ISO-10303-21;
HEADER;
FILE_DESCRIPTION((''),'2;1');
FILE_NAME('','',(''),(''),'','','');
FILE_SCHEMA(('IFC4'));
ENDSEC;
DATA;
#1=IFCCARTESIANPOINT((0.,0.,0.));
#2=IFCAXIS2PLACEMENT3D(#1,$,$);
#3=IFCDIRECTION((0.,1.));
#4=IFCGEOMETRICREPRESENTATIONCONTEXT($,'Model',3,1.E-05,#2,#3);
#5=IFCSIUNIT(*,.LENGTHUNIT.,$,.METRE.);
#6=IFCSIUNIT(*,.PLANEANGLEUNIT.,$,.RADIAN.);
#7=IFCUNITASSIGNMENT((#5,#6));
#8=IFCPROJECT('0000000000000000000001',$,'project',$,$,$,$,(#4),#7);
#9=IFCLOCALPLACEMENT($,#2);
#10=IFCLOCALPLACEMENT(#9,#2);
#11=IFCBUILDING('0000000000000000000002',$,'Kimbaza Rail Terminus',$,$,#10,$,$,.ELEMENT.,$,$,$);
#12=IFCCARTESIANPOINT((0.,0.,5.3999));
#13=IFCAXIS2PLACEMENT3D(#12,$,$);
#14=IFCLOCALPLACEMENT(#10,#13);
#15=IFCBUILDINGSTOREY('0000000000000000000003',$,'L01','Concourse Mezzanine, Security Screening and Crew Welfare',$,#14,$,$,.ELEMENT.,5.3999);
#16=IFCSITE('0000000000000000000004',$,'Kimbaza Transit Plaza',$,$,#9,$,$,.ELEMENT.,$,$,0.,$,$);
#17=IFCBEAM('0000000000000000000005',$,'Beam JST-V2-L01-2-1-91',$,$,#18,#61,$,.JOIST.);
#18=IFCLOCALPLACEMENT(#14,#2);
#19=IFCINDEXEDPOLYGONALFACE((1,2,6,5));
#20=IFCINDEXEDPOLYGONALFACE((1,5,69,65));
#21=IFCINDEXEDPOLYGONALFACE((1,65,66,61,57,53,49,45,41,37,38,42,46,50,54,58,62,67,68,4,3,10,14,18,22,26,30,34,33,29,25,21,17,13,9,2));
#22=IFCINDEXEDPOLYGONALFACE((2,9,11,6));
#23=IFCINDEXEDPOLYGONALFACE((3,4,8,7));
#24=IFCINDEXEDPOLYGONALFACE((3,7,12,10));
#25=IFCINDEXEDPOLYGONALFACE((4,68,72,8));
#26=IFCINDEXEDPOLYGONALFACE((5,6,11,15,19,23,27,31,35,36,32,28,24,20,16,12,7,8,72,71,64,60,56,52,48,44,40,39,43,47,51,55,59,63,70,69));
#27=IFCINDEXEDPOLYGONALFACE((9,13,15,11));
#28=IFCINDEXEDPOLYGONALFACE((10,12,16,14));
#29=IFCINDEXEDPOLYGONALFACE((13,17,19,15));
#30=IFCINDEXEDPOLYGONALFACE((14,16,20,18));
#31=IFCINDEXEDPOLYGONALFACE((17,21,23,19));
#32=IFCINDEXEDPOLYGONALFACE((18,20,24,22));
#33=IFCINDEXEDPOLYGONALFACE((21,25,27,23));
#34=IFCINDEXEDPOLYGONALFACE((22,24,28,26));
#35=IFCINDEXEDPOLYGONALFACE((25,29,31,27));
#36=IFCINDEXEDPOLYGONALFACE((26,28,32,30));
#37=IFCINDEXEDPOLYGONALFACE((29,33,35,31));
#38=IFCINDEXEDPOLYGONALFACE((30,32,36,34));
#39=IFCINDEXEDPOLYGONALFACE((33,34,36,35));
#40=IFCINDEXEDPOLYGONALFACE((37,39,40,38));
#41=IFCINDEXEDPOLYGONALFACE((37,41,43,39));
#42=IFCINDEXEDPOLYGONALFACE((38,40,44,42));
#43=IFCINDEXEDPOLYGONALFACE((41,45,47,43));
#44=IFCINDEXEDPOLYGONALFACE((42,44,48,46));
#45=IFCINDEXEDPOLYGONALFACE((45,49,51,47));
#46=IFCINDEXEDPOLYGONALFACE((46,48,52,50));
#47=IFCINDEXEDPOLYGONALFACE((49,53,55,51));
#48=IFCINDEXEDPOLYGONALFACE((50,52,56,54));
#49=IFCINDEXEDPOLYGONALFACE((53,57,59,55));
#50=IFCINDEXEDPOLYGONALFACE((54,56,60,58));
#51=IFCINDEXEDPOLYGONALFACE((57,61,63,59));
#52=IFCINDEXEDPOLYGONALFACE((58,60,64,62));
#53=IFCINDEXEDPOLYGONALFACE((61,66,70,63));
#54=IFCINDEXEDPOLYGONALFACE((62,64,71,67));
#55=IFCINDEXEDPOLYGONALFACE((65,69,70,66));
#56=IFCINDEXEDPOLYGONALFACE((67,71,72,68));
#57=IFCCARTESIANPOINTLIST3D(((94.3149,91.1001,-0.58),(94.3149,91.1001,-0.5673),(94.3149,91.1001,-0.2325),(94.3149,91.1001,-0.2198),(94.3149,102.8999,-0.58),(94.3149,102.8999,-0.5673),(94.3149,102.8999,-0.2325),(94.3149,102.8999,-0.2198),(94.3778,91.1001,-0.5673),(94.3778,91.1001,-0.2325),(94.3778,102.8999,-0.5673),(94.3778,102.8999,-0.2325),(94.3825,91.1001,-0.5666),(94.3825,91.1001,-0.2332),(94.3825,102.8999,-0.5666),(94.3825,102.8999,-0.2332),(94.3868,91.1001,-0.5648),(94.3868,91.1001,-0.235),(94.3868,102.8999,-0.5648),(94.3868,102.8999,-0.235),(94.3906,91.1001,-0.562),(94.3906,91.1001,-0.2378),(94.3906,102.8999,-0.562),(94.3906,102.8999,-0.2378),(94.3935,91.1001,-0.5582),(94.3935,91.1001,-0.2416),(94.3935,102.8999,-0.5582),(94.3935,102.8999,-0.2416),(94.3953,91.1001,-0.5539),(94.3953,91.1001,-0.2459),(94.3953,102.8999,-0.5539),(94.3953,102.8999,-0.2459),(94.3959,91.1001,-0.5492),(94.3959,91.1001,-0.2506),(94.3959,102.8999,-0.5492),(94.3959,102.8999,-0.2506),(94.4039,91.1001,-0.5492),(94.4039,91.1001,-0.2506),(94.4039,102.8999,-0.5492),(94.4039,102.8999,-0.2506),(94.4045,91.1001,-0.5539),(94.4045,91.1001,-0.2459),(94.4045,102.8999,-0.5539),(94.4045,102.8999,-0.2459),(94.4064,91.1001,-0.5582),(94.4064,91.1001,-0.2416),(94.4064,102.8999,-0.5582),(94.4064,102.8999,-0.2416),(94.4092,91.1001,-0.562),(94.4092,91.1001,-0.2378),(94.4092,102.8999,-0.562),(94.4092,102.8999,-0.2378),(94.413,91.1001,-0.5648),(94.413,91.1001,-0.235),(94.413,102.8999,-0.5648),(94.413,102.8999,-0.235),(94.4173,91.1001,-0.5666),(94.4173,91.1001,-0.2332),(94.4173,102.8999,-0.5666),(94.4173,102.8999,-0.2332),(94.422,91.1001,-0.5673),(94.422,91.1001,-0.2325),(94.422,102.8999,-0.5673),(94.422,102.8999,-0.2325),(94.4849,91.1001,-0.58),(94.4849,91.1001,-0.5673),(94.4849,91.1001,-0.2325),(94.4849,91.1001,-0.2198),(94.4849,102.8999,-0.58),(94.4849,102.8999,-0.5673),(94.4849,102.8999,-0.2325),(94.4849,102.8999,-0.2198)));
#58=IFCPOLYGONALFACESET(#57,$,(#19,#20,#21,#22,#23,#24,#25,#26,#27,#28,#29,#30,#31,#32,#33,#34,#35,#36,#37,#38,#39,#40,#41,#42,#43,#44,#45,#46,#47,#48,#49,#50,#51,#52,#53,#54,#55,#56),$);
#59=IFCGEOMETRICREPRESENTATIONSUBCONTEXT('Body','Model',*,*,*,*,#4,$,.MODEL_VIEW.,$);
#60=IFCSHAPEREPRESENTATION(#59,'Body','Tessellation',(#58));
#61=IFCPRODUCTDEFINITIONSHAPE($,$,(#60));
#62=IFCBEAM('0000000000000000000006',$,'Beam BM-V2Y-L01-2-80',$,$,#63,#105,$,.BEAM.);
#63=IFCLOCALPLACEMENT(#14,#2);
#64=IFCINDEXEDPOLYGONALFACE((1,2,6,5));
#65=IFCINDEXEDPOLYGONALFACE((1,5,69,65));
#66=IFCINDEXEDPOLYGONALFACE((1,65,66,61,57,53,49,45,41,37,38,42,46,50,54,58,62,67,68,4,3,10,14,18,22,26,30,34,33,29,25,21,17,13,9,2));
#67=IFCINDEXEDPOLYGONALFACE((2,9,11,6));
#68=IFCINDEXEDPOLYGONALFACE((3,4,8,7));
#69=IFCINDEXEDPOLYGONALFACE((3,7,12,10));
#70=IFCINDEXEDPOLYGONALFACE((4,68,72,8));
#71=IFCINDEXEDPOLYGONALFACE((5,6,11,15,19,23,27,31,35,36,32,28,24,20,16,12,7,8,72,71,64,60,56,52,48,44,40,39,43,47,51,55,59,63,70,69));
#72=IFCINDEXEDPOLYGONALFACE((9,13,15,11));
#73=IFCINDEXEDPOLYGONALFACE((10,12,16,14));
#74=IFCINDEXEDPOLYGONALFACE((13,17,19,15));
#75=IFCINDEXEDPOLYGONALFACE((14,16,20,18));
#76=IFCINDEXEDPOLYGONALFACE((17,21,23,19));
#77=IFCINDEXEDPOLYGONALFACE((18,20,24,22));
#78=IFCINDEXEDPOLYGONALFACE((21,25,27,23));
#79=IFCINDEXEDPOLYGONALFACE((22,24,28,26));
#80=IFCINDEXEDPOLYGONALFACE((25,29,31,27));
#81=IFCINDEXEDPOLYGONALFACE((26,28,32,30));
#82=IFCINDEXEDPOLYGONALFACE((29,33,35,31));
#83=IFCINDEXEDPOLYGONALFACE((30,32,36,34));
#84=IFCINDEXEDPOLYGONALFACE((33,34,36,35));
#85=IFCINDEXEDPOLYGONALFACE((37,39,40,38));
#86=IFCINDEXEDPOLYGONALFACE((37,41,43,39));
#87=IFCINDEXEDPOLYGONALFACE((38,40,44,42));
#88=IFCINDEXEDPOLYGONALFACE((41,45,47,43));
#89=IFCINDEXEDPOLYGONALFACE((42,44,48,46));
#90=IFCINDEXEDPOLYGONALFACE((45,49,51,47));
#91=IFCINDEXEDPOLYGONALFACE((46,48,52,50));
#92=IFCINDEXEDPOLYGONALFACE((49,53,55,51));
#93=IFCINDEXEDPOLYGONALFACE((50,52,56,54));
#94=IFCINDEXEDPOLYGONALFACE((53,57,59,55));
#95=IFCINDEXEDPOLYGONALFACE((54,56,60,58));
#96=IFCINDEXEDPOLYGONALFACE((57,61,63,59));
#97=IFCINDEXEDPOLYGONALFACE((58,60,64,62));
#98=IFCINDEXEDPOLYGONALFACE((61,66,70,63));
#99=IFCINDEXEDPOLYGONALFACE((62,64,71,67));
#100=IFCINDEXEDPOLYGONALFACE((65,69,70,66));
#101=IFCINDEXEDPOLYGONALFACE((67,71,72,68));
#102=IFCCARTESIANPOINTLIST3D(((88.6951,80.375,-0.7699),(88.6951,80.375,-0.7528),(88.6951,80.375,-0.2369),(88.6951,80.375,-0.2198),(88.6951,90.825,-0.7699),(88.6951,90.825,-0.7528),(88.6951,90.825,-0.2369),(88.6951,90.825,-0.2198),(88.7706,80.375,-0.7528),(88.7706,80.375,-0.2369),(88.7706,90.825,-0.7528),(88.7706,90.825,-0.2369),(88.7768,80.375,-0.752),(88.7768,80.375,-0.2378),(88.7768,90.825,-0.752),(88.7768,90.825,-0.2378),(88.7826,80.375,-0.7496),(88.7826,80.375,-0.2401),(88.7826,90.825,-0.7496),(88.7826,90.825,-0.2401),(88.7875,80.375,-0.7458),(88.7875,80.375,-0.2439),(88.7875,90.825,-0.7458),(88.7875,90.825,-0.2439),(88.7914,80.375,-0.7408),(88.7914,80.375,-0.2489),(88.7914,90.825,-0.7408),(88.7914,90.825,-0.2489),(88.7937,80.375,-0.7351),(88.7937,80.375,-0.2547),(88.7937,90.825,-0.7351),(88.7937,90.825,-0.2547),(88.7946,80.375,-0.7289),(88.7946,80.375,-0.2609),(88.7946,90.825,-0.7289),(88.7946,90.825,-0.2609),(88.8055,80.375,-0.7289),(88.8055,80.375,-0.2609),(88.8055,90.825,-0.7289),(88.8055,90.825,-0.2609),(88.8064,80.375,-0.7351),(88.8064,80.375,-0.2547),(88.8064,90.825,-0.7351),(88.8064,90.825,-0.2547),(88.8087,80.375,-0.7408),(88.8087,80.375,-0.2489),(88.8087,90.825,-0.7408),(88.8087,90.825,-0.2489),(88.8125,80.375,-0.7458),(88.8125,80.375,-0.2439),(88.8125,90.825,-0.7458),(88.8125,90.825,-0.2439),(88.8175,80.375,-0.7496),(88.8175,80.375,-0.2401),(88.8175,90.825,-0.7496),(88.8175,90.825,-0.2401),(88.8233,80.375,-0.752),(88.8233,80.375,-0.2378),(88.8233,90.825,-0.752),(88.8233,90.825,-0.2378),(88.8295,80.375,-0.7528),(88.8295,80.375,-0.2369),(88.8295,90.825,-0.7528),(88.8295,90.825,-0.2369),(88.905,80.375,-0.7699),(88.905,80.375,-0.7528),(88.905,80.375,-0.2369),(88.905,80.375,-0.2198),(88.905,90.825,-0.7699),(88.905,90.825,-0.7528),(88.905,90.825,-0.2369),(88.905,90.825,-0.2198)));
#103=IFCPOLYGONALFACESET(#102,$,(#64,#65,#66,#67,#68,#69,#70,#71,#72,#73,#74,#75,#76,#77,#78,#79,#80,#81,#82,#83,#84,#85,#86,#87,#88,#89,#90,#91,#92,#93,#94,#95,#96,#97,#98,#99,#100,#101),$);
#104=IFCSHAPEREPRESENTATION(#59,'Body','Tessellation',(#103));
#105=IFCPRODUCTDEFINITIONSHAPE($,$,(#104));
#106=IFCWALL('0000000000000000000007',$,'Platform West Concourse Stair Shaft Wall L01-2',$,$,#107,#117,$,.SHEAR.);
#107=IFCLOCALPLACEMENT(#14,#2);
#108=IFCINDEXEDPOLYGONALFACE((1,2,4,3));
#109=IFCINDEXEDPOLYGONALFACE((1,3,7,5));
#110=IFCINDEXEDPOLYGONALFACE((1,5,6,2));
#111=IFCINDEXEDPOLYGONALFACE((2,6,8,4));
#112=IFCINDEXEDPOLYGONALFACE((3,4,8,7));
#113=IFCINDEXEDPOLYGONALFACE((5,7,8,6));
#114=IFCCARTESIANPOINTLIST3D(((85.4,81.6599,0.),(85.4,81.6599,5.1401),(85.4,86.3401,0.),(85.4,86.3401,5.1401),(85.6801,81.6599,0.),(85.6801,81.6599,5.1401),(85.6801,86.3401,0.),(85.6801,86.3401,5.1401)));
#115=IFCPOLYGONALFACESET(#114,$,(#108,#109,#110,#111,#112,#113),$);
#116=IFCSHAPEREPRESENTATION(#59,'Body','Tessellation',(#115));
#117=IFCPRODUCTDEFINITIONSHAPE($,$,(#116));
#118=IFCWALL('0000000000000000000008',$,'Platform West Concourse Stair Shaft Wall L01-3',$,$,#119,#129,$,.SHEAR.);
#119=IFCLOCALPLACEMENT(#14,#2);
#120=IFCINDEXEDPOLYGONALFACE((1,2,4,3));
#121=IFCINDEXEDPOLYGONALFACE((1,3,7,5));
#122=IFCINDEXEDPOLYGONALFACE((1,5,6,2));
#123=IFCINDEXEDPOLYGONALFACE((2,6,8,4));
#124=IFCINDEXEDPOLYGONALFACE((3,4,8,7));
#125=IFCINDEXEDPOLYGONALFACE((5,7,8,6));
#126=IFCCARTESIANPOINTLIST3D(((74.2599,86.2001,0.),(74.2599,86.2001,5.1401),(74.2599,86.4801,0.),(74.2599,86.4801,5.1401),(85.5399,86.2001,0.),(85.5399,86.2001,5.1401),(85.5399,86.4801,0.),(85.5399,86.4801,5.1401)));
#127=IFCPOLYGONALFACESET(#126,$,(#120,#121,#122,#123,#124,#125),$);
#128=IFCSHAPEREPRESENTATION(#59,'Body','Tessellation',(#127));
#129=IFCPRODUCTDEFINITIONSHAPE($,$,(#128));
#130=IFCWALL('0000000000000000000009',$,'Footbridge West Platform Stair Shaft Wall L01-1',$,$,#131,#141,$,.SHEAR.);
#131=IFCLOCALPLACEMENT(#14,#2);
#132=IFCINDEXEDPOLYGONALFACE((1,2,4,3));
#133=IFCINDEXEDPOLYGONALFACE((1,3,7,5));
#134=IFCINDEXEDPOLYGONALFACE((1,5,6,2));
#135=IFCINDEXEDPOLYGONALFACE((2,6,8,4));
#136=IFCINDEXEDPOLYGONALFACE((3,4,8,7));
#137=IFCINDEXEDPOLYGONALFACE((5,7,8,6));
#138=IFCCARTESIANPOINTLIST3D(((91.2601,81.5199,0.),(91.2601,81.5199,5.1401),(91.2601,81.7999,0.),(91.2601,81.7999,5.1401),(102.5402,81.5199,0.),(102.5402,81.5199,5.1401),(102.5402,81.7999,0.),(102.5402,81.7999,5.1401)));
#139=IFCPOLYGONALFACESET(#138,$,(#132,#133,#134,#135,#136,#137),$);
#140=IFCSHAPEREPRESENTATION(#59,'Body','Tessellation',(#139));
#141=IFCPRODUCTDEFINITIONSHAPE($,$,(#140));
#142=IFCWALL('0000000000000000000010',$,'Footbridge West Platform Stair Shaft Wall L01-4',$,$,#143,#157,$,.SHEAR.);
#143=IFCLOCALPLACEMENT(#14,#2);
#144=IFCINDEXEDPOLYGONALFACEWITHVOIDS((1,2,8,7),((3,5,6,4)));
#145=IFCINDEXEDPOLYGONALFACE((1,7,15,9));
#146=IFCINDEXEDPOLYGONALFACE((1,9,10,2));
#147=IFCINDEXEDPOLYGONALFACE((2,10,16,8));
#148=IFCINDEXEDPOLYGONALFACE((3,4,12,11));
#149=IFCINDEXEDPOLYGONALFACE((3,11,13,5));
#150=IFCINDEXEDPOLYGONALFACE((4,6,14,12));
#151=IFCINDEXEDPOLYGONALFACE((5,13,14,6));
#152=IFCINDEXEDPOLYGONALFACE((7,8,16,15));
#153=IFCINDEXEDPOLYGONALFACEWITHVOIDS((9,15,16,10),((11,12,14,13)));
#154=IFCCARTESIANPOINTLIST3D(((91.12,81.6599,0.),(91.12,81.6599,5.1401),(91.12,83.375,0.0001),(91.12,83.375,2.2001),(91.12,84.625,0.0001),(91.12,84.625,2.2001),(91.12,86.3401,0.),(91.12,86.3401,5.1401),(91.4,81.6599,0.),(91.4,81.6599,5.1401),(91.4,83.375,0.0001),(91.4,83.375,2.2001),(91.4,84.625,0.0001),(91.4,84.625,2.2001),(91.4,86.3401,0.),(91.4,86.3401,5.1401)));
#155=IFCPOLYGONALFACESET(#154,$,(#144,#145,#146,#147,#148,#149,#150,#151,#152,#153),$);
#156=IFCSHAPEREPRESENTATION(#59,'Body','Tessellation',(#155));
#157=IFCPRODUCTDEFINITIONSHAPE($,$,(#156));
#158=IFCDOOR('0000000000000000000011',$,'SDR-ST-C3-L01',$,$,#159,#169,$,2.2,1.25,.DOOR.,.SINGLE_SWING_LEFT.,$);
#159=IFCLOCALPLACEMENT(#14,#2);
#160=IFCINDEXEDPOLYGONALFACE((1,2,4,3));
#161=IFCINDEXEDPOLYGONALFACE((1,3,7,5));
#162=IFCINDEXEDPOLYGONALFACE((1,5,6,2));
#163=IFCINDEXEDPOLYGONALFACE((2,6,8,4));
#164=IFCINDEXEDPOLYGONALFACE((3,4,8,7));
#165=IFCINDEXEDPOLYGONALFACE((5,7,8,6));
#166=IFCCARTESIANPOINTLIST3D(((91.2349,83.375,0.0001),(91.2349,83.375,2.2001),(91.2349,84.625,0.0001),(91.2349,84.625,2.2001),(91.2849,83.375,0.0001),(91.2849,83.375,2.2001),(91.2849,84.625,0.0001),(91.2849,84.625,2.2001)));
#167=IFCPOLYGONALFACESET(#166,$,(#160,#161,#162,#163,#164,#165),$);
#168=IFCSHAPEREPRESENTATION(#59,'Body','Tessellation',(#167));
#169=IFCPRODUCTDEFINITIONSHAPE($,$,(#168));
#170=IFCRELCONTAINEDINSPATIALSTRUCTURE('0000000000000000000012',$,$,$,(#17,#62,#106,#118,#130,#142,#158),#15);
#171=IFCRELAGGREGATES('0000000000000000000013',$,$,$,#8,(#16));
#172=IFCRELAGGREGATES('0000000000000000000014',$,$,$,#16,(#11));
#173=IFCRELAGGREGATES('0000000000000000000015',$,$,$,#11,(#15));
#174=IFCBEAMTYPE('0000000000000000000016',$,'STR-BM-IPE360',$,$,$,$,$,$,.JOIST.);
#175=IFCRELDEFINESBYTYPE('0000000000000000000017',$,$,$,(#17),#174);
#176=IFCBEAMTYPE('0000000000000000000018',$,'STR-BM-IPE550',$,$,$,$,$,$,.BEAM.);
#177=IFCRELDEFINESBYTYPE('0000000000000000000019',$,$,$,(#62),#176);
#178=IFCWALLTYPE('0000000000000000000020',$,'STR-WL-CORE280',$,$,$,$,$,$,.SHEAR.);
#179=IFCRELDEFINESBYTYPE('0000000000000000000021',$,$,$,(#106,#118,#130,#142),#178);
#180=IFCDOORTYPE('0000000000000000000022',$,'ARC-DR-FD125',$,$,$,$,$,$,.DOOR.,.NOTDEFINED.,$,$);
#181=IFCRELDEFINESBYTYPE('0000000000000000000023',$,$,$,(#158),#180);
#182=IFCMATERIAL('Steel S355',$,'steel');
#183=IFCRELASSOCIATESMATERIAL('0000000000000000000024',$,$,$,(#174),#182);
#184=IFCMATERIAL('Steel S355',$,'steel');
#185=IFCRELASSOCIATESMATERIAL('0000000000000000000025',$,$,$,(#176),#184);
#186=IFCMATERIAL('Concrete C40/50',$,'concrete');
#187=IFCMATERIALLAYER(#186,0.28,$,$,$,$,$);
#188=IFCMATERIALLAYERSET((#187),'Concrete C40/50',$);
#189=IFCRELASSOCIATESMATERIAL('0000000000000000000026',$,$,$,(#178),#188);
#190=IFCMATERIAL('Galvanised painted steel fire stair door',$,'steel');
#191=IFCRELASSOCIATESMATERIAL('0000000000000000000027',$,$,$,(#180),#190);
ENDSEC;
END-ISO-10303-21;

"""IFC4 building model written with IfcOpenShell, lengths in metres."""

from ifc_helpers import new_model, si_unit, direction, frame, frame_2d, origin, origin_2d, place, context, subcontext, project, spatial, rectangle, i_section, extrude, material, layer, layer_set, material_profile, profile_set, type_object, element, fill, save


model = new_model("IFC4")

# Units and contexts
model_context = context("Model", 3, precision=1e-05, world=origin(), true_north=direction((0.0, 1.0)))
body_context = subcontext(model_context, "Body", "Model", "MODEL_VIEW")
ifc_project = project(units=[si_unit("LENGTHUNIT", "METRE"), si_unit("PLANEANGLEUNIT", "RADIAN")], contexts=[model_context])

# Site, building, storey
site_placement = place(None, origin())
site = spatial("IfcSite", under=ifc_project, at=site_placement, Name="Kimbaza Transit Plaza", CompositionType="ELEMENT", RefElevation=0.0)
building_placement = place(site_placement, origin())
building = spatial("IfcBuilding", under=site, at=building_placement, Name="Kimbaza Rail Terminus", CompositionType="ELEMENT")
storey_placement = place(building_placement, frame((0.0, 0.0, 5.3999)))
storey = spatial("IfcBuildingStorey", under=building, at=storey_placement, Name="L01", Description="Concourse Mezzanine, Security Screening and Crew Welfare", CompositionType="ELEMENT", Elevation=5.3999)

# Beams
ifc_material_1 = material(Name="Steel S355", Category="steel")
ifc_material_profile_1 = material_profile(ifc_material_1, i_section(OverallWidth=0.1699, OverallDepth=0.3601, WebThickness=0.0081, FlangeThickness=0.0127, FilletRadius=0.0181, at=origin_2d()), Name="IPE 360")
ifc_profile_set_1 = profile_set([ifc_material_profile_1], Name="Steel S355")
beam_type_1 = type_object("IfcBeamType", Name="STR-BM-IPE360", PredefinedType="JOIST", material=ifc_profile_set_1)
for number, where, z_axis, x_axis, name in (
    (1, (94.3999, 91.1001, -0.3999), (0.0, 1.0, 0.0), (-1.0, 0.0, 0.0), "Beam JST-V2-L01-2-1-91"),
):
    element("IfcBeam", number, at=place(storey_placement, frame(where, z_axis=z_axis, x_axis=x_axis)), inside=storey, type_object=beam_type_1, Name=name, PredefinedType="JOIST", context=body_context, shape_type="SweptSolid", body=[
        extrude(i_section(OverallWidth=0.1699, OverallDepth=0.3601, WebThickness=0.0081, FlangeThickness=0.0127, FilletRadius=0.0181, at=origin_2d()), origin(), (0.0, 0.0, 1.0), 11.7998),
    ])
ifc_material_2 = material(Name="Steel S355", Category="steel")
ifc_material_profile_2 = material_profile(ifc_material_2, i_section(OverallWidth=0.21, OverallDepth=0.55, WebThickness=0.011, FlangeThickness=0.0171, FilletRadius=0.0239, at=origin_2d()), Name="IPE 550")
ifc_profile_set_2 = profile_set([ifc_material_profile_2], Name="Steel S355")
beam_type_2 = type_object("IfcBeamType", Name="STR-BM-IPE550", PredefinedType="BEAM", material=ifc_profile_set_2)
beam_1_placement = place(storey_placement, frame((88.8, 80.375, -0.4949), z_axis=(0.0, 1.0, 0.0), x_axis=(-1.0, 0.0, 0.0)))
element("IfcBeam", 2, at=beam_1_placement, inside=storey, type_object=beam_type_2, Name="Beam BM-V2Y-L01-2-80", PredefinedType="BEAM", context=body_context, shape_type="SweptSolid", body=[
    extrude(i_section(OverallWidth=0.21, OverallDepth=0.55, WebThickness=0.011, FlangeThickness=0.0171, FilletRadius=0.0239, at=origin_2d()), origin(), (0.0, 0.0, 1.0), 10.45),
])

# Walls
ifc_material_3 = material(Name="Concrete C40/50", Category="concrete")
ifc_layer = layer(ifc_material_3, 0.28)
ifc_layer_set = layer_set([ifc_layer], Name="Concrete C40/50")
wall_type = type_object("IfcWallType", Name="STR-WL-CORE280", PredefinedType="SHEAR", material=ifc_layer_set)
wall_1_placement = place(storey_placement, frame((85.54, 81.6599, 0.0), z_axis=(0.0, 0.0, 1.0), x_axis=(0.0, 1.0, 0.0)))
element("IfcWall", 3, at=wall_1_placement, inside=storey, type_object=wall_type, Name="Platform West Concourse Stair Shaft Wall L01-2", PredefinedType="SHEAR", context=body_context, shape_type="SweptSolid", body=[
    extrude(rectangle(XDim=4.6802, YDim=0.28, at=frame_2d((2.3401, 0.0))), origin(), (0.0, 0.0, 1.0), 5.1401),
])
for number, where, z_axis, x_axis, name in (
    (4, (85.54, 86.3401, 0.0), (0.0, 0.0, 1.0), (-1.0, 0.0, 0.0), "Platform West Concourse Stair Shaft Wall L01-3"),
    (5, (91.26, 81.6599, 0.0), (0.0, 0.0, 1.0), (1.0, 0.0, 0.0), "Footbridge West Platform Stair Shaft Wall L01-1"),
):
    element("IfcWall", number, at=place(storey_placement, frame(where, z_axis=z_axis, x_axis=x_axis)), inside=storey, type_object=wall_type, Name=name, PredefinedType="SHEAR", context=body_context, shape_type="SweptSolid", body=[
        extrude(rectangle(XDim=11.28, YDim=0.28, at=frame_2d((5.6401, 0.0))), origin(), (0.0, 0.0, 1.0), 5.1401),
    ])

# Wall, opening, door
wall_2_placement = place(storey_placement, frame((91.26, 86.3401, 0.0), z_axis=(0.0, 0.0, 1.0), x_axis=(0.0, -1.0, 0.0)))
wall_2 = element("IfcWall", 6, at=wall_2_placement, inside=storey, type_object=wall_type, Name="Footbridge West Platform Stair Shaft Wall L01-4", PredefinedType="SHEAR", context=body_context, shape_type="SweptSolid", body=[
    extrude(rectangle(XDim=4.6802, YDim=0.28, at=frame_2d((2.3401, 0.0))), origin(), (0.0, 0.0, 1.0), 5.1401),
])
opening_placement = place(wall_2_placement, frame((1.7151, 0.0, 0.0)))
opening = element("IfcOpeningElement", 7, at=opening_placement, cuts=wall_2, PredefinedType="OPENING", context=body_context, shape_type="SweptSolid", body=[
    extrude(rectangle(XDim=1.25, YDim=2.2, at=frame_2d((0.625, 1.1001))), frame((0.0, 0.1499, 0.0), z_axis=(0.0, -1.0, 0.0), x_axis=(1.0, 0.0, 0.0)), (0.0, 0.0, 1.0), 0.3),
])
ifc_material_4 = material(Name="Galvanised painted steel fire stair door", Category="steel")
door_type = type_object("IfcDoorType", Name="ARC-DR-FD125", OperationType="NOTDEFINED", PredefinedType="DOOR", material=ifc_material_4)
door_placement = place(opening_placement, origin())
door = element("IfcDoor", 8, at=door_placement, inside=storey, type_object=door_type, Name="SDR-ST-C3-L01", OperationType="SINGLE_SWING_LEFT", OverallHeight=2.2, OverallWidth=1.25, PredefinedType="DOOR", context=body_context, shape_type="SweptSolid", body=[
    extrude(rectangle(XDim=1.25, YDim=2.2, at=frame_2d((0.625, 1.1001))), frame((0.0, 0.0249, 0.0), z_axis=(0.0, -1.0, 0.0), x_axis=(1.0, 0.0, 0.0)), (0.0, 0.0, 1.0), 0.05),
])
fill(opening, door)

save(model, "model.ifc")
